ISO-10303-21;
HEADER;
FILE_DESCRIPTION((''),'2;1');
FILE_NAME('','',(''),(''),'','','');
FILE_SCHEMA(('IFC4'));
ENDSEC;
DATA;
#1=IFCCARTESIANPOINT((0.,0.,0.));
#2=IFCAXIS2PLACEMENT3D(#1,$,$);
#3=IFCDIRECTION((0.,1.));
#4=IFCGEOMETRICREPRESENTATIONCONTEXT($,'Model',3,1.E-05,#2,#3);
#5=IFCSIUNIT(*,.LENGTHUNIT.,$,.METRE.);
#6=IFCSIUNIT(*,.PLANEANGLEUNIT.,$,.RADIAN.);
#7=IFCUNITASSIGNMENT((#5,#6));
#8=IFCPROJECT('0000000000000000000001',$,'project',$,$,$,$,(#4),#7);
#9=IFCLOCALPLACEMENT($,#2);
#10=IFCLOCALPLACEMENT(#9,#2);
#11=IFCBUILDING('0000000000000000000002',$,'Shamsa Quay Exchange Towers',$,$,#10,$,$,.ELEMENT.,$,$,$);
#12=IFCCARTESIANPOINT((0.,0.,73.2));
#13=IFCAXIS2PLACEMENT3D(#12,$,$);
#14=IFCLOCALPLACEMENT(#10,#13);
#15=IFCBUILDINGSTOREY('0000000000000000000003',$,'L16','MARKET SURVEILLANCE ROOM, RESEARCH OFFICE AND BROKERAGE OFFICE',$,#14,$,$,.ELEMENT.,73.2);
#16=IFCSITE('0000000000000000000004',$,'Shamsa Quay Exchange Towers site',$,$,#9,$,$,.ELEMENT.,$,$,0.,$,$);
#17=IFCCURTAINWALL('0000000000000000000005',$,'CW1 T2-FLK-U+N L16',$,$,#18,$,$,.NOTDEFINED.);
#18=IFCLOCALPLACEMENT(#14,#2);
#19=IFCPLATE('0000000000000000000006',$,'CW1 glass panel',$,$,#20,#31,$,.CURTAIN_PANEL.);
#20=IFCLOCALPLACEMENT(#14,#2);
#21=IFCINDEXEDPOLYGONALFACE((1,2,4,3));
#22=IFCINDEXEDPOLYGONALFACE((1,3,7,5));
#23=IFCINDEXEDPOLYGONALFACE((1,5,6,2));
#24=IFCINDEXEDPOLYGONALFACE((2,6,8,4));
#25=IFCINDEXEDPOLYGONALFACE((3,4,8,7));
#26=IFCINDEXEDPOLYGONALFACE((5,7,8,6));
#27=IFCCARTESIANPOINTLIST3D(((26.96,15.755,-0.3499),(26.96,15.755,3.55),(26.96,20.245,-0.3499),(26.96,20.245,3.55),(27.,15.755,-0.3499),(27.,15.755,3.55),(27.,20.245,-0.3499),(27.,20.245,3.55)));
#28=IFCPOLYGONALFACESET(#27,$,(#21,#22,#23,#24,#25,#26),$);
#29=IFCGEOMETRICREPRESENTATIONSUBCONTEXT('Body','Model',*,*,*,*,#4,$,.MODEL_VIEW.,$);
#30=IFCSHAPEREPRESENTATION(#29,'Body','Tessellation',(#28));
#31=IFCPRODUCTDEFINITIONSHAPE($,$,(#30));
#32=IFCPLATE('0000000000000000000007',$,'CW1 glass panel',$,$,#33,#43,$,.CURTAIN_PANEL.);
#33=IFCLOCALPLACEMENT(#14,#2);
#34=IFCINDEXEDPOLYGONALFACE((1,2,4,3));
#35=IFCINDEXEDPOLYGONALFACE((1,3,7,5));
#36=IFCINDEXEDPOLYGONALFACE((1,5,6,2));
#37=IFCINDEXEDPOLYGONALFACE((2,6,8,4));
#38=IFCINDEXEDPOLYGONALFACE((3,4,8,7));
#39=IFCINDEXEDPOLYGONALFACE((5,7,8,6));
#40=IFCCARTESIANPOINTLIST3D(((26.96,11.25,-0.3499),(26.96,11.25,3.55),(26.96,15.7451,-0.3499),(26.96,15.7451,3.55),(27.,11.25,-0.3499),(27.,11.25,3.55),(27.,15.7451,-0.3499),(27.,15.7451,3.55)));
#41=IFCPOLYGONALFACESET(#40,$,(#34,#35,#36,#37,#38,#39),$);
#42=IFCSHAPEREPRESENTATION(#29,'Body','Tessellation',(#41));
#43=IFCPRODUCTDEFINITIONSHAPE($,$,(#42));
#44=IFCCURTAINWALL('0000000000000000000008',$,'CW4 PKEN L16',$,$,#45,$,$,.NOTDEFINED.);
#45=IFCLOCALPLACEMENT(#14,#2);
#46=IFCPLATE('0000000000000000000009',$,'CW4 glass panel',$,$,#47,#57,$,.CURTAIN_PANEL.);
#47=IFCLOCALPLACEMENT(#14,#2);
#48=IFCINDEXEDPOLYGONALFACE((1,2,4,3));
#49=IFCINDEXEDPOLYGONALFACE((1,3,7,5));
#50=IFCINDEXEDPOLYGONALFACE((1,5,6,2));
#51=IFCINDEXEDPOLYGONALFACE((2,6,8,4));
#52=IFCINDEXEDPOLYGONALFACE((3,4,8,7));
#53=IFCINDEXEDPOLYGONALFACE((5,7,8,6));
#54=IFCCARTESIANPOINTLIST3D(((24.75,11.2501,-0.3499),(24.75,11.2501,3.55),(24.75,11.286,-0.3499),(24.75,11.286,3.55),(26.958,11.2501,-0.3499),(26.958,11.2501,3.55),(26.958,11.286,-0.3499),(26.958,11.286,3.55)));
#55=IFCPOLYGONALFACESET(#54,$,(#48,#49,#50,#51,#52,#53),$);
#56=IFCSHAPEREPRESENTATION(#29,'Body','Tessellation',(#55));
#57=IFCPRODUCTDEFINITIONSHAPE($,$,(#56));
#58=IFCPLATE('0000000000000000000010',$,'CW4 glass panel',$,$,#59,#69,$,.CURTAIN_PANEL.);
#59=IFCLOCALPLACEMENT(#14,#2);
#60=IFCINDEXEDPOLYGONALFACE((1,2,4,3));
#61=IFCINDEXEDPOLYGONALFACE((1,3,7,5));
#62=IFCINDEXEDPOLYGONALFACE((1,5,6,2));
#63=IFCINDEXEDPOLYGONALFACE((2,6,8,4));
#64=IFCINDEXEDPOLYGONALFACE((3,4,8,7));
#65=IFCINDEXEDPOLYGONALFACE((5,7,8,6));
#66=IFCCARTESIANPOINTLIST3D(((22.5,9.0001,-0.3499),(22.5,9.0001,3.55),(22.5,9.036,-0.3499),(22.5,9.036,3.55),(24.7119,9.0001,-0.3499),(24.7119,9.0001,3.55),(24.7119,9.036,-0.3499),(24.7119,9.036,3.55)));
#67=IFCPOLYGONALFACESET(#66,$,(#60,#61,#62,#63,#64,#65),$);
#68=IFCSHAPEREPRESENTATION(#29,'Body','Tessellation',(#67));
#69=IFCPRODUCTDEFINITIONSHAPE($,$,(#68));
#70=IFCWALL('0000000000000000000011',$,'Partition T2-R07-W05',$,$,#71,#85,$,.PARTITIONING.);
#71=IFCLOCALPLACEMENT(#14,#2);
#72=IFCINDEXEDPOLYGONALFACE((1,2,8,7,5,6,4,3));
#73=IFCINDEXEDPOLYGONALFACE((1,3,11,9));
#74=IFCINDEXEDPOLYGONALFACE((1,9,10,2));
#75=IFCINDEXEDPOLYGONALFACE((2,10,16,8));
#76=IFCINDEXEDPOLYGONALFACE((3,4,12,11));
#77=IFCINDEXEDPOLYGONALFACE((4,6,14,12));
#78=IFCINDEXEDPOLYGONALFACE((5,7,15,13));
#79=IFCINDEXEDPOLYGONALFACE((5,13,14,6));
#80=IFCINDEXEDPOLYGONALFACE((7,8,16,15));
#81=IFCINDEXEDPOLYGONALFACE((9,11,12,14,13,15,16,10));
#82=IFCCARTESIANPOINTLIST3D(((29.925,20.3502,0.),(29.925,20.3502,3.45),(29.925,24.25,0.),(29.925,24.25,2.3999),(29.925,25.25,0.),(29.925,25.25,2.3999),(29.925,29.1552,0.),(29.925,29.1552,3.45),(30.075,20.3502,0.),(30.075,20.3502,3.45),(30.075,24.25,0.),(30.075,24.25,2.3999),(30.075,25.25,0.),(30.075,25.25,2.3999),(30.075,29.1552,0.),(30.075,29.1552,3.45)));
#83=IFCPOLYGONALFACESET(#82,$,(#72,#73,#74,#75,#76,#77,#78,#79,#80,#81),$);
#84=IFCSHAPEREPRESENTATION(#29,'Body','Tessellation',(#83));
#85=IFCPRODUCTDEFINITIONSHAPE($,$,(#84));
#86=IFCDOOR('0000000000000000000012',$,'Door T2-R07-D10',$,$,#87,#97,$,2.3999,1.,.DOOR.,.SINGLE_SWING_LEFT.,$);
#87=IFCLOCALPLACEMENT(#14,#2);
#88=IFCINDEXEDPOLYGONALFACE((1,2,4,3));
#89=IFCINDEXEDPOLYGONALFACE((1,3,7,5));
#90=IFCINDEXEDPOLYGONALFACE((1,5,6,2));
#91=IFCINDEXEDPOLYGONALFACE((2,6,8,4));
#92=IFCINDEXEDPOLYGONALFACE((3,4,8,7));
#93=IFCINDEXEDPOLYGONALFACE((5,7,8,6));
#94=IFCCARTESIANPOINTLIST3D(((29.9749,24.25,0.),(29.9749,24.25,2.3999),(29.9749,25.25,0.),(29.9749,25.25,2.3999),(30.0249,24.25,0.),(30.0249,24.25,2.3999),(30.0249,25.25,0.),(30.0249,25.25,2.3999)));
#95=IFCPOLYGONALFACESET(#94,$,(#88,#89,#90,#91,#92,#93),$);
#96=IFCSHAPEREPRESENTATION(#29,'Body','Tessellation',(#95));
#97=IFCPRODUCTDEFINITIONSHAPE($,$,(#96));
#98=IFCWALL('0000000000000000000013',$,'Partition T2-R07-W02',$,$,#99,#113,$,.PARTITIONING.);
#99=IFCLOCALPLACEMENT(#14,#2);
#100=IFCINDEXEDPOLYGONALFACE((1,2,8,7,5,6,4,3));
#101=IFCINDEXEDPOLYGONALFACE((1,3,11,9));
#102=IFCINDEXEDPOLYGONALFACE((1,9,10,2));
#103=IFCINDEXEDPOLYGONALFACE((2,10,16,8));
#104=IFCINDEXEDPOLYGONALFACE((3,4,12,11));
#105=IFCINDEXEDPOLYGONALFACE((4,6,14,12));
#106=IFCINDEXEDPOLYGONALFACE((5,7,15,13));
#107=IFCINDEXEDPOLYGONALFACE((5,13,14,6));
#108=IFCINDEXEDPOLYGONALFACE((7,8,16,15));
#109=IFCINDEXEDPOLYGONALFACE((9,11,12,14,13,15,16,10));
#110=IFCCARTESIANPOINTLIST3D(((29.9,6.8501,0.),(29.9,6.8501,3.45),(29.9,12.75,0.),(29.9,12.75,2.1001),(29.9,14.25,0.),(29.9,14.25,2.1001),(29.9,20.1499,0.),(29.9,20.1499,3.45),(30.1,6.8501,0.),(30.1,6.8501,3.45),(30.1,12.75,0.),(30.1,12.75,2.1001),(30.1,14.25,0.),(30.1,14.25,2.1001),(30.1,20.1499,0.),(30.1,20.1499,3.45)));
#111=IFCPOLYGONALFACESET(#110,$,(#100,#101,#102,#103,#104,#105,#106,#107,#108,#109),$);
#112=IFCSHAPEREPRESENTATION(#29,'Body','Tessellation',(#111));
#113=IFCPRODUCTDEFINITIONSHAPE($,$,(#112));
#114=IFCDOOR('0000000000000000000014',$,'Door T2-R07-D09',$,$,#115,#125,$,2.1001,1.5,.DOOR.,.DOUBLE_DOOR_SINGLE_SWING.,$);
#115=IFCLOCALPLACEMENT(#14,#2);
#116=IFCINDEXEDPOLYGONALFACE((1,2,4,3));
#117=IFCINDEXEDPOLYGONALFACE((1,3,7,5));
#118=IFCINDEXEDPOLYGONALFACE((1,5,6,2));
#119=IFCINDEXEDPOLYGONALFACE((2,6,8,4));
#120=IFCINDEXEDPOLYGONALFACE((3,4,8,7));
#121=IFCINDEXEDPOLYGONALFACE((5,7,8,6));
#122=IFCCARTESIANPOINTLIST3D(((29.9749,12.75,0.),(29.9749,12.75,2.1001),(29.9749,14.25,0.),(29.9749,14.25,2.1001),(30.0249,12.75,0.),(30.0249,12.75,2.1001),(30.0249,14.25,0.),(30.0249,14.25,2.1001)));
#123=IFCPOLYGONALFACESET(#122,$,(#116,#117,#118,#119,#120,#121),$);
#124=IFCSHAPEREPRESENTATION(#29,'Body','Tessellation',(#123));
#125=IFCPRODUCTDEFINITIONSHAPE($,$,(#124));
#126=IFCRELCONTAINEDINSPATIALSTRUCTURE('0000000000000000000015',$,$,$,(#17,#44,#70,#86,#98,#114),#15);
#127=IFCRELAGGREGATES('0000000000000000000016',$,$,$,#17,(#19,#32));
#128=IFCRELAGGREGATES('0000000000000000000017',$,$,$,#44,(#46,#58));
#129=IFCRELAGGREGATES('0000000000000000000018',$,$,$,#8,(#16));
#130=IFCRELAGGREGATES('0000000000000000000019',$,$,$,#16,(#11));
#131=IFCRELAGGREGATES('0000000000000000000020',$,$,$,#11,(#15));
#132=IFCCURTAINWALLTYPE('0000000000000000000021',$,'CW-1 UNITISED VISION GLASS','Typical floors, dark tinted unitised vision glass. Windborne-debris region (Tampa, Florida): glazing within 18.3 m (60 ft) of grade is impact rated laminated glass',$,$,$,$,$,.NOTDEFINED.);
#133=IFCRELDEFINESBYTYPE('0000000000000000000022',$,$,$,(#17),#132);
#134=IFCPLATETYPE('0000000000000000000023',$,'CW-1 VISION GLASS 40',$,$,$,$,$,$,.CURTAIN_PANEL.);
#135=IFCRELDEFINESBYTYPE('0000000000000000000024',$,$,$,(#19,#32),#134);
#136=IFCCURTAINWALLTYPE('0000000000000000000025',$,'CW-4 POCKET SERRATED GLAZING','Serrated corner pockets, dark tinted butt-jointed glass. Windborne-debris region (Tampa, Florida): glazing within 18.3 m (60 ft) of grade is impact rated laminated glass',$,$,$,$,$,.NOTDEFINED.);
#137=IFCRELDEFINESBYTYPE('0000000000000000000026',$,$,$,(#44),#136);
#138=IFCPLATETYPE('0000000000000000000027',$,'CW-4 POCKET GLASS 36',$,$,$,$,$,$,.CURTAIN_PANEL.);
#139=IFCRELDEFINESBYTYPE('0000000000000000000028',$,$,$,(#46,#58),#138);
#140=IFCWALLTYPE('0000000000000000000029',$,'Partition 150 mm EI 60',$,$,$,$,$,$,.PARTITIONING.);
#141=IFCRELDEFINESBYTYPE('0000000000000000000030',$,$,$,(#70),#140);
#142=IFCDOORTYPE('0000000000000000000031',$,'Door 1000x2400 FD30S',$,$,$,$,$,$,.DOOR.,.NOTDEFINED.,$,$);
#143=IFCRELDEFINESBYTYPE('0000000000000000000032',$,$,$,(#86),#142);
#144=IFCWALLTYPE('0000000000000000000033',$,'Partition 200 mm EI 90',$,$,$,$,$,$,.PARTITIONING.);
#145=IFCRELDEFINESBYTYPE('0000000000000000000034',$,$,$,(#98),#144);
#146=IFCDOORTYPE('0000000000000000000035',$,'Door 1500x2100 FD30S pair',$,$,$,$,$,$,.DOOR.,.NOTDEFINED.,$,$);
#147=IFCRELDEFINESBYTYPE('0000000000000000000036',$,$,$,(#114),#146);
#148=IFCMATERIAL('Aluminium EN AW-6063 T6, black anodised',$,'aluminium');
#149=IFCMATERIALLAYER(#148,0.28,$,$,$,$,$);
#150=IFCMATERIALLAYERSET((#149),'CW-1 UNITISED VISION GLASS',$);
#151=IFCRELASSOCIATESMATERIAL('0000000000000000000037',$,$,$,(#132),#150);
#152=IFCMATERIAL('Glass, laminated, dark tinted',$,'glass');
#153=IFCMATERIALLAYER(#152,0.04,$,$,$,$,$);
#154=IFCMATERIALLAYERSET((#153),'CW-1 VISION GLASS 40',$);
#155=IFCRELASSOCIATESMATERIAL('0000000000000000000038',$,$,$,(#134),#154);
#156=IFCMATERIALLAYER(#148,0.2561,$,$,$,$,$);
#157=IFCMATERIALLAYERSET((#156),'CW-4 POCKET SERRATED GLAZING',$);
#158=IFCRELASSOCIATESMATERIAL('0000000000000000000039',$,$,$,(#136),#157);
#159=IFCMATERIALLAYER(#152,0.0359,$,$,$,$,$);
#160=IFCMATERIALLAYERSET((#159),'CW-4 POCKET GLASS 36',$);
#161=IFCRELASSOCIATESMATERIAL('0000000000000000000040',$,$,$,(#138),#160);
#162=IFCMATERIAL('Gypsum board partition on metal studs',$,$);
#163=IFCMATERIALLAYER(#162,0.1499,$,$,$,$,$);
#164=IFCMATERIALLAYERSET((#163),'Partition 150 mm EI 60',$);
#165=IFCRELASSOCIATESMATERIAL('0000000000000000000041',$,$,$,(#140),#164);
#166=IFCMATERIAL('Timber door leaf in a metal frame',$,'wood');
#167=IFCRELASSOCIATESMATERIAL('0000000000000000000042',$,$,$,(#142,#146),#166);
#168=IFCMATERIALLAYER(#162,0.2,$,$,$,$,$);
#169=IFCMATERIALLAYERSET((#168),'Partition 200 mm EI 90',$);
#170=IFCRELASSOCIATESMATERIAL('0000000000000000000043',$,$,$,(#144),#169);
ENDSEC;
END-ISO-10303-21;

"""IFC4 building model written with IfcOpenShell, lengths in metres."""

from ifc_helpers import new_model, si_unit, direction, frame, frame_2d, origin, origin_2d, place, context, subcontext, project, spatial, rectangle, extrude, material, layer, layer_set, type_object, element, fill, aggregate, save


model = new_model("IFC4")

# Units and contexts
model_context = context("Model", 3, precision=1e-05, world=origin(), true_north=direction((0.0, 1.0)))
body_context = subcontext(model_context, "Body", "Model", "MODEL_VIEW")
ifc_project = project(units=[si_unit("LENGTHUNIT", "METRE"), si_unit("PLANEANGLEUNIT", "RADIAN")], contexts=[model_context])

# Site, building, storey
site_placement = place(None, origin())
site = spatial("IfcSite", under=ifc_project, at=site_placement, Name="Shamsa Quay Exchange Towers site", CompositionType="ELEMENT", RefElevation=0.0)
building_placement = place(site_placement, origin())
building = spatial("IfcBuilding", under=site, at=building_placement, Name="Shamsa Quay Exchange Towers", CompositionType="ELEMENT")
storey_placement = place(building_placement, frame((0.0, 0.0, 73.2)))
storey = spatial("IfcBuildingStorey", under=building, at=storey_placement, Name="L16", Description="MARKET SURVEILLANCE ROOM, RESEARCH OFFICE AND BROKERAGE OFFICE", CompositionType="ELEMENT", Elevation=73.2)

# Shared definitions
ifc_material_1 = material(Name="Aluminium EN AW-6063 T6, black anodised", Category="aluminium")
ifc_layer_1 = layer(ifc_material_1, 0.28)
ifc_layer_set_1 = layer_set([ifc_layer_1], Name="CW-1 UNITISED VISION GLASS")
curtain_wall_type_1 = type_object("IfcCurtainWallType", Name="CW-1 UNITISED VISION GLASS", Description="Typical floors, dark tinted unitised vision glass. Windborne-debris region (Tampa, Florida): glazing within 18.3 m (60 ft) of grade is impact rated laminated glass", PredefinedType="NOTDEFINED", material=ifc_layer_set_1)

# Curtain wall
curtain_wall_1_placement = place(storey_placement, origin())
curtain_wall_1 = element("IfcCurtainWall", 1, at=curtain_wall_1_placement, inside=storey, type_object=curtain_wall_type_1, Name="CW1 T2-FLK-U+N L16", PredefinedType="NOTDEFINED")

# Plates
ifc_material_2 = material(Name="Glass, laminated, dark tinted", Category="glass")
ifc_layer_2 = layer(ifc_material_2, 0.04)
ifc_layer_set_2 = layer_set([ifc_layer_2], Name="CW-1 VISION GLASS 40")
plate_type_1 = type_object("IfcPlateType", Name="CW-1 VISION GLASS 40", PredefinedType="CURTAIN_PANEL", material=ifc_layer_set_2)
plate_1_placement = place(storey_placement, frame((26.98, 18.0, -0.3499), z_axis=(0.0, 0.0, 1.0), x_axis=(0.0, -1.0, 0.0)))
plate_1 = element("IfcPlate", 2, at=plate_1_placement, type_object=plate_type_1, Name="CW1 glass panel", PredefinedType="CURTAIN_PANEL", context=body_context, shape_type="SweptSolid", body=[
    extrude(rectangle(XDim=4.49, YDim=0.04, at=origin_2d()), origin(), (0.0, 0.0, 1.0), 3.8999),
])
plate_2_placement = place(storey_placement, frame((26.98, 13.4976, -0.3499), z_axis=(0.0, 0.0, 1.0), x_axis=(0.0, -1.0, 0.0)))
plate_2 = element("IfcPlate", 3, at=plate_2_placement, type_object=plate_type_1, Name="CW1 glass panel", PredefinedType="CURTAIN_PANEL", context=body_context, shape_type="SweptSolid", body=[
    extrude(rectangle(XDim=4.4951, YDim=0.04, at=origin_2d()), origin(), (0.0, 0.0, 1.0), 3.8999),
])
aggregate(curtain_wall_1, [plate_1, plate_2])

# Curtain wall, plates
ifc_layer_3 = layer(ifc_material_1, 0.2561)
ifc_layer_set_3 = layer_set([ifc_layer_3], Name="CW-4 POCKET SERRATED GLAZING")
curtain_wall_type_2 = type_object("IfcCurtainWallType", Name="CW-4 POCKET SERRATED GLAZING", Description="Serrated corner pockets, dark tinted butt-jointed glass. Windborne-debris region (Tampa, Florida): glazing within 18.3 m (60 ft) of grade is impact rated laminated glass", PredefinedType="NOTDEFINED", material=ifc_layer_set_3)
curtain_wall_2_placement = place(storey_placement, origin())
curtain_wall_2 = element("IfcCurtainWall", 4, at=curtain_wall_2_placement, inside=storey, type_object=curtain_wall_type_2, Name="CW4 PKEN L16", PredefinedType="NOTDEFINED")
ifc_layer_4 = layer(ifc_material_2, 0.0359)
ifc_layer_set_4 = layer_set([ifc_layer_4], Name="CW-4 POCKET GLASS 36")
plate_type_2 = type_object("IfcPlateType", Name="CW-4 POCKET GLASS 36", PredefinedType="CURTAIN_PANEL", material=ifc_layer_set_4)
plate_3_placement = place(storey_placement, frame((25.854, 11.2681, -0.3499), z_axis=(0.0, 0.0, 1.0), x_axis=(-1.0, 0.0, 0.0)))
plate_3 = element("IfcPlate", 5, at=plate_3_placement, type_object=plate_type_2, Name="CW4 glass panel", PredefinedType="CURTAIN_PANEL", context=body_context, shape_type="SweptSolid", body=[
    extrude(rectangle(XDim=2.208, YDim=0.0359, at=origin_2d()), origin(), (0.0, 0.0, 1.0), 3.8999),
])
plate_4_placement = place(storey_placement, frame((23.606, 9.0181, -0.3499), z_axis=(0.0, 0.0, 1.0), x_axis=(-1.0, 0.0, 0.0)))
plate_4 = element("IfcPlate", 6, at=plate_4_placement, type_object=plate_type_2, Name="CW4 glass panel", PredefinedType="CURTAIN_PANEL", context=body_context, shape_type="SweptSolid", body=[
    extrude(rectangle(XDim=2.2119, YDim=0.0359, at=origin_2d()), origin(), (0.0, 0.0, 1.0), 3.8999),
])
aggregate(curtain_wall_2, [plate_3, plate_4])

# Walls, openings, doors
ifc_material_3 = material(Name="Gypsum board partition on metal studs")
ifc_layer_5 = layer(ifc_material_3, 0.1499)
ifc_layer_set_5 = layer_set([ifc_layer_5], Name="Partition 150 mm EI 60")
wall_type_1 = type_object("IfcWallType", Name="Partition 150 mm EI 60", PredefinedType="PARTITIONING", material=ifc_layer_set_5)
wall_1_placement = place(storey_placement, frame((30.0, 29.155, 0.0), z_axis=(0.0, 0.0, 1.0), x_axis=(0.0, -1.0, 0.0)))
wall_1 = element("IfcWall", 7, at=wall_1_placement, inside=storey, type_object=wall_type_1, Name="Partition T2-R07-W05", PredefinedType="PARTITIONING", context=body_context, shape_type="SweptSolid", body=[
    extrude(rectangle(XDim=8.8049, YDim=0.1499, at=frame_2d((4.4023, 0.0))), origin(), (0.0, 0.0, 1.0), 3.45),
])
opening_1_placement = place(wall_1_placement, frame((3.905, 0.0, 0.0)))
opening_1 = element("IfcOpeningElement", 8, at=opening_1_placement, cuts=wall_1, PredefinedType="OPENING", context=body_context, shape_type="SweptSolid", body=[
    extrude(rectangle(XDim=1.0, YDim=2.3999, at=frame_2d((0.5, 1.2))), frame((0.0, 0.085, 0.0), z_axis=(0.0, -1.0, 0.0), x_axis=(1.0, 0.0, 0.0)), (0.0, 0.0, 1.0), 0.1699),
])
ifc_material_4 = material(Name="Timber door leaf in a metal frame", Category="wood")
door_type_1 = type_object("IfcDoorType", Name="Door 1000x2400 FD30S", OperationType="NOTDEFINED", PredefinedType="DOOR", material=ifc_material_4)
door_1_placement = place(opening_1_placement, origin())
door_1 = element("IfcDoor", 9, at=door_1_placement, inside=storey, type_object=door_type_1, Name="Door T2-R07-D10", OperationType="SINGLE_SWING_LEFT", OverallHeight=2.3999, OverallWidth=1.0, PredefinedType="DOOR", context=body_context, shape_type="SweptSolid", body=[
    extrude(rectangle(XDim=1.0, YDim=2.3999, at=frame_2d((0.5, 1.2))), frame((0.0, 0.0249, 0.0), z_axis=(0.0, -1.0, 0.0), x_axis=(1.0, 0.0, 0.0)), (0.0, 0.0, 1.0), 0.05),
])
fill(opening_1, door_1)
ifc_layer_6 = layer(ifc_material_3, 0.2)
ifc_layer_set_6 = layer_set([ifc_layer_6], Name="Partition 200 mm EI 90")
wall_type_2 = type_object("IfcWallType", Name="Partition 200 mm EI 90", PredefinedType="PARTITIONING", material=ifc_layer_set_6)
wall_2_placement = place(storey_placement, frame((30.0, 20.1499, 0.0), z_axis=(0.0, 0.0, 1.0), x_axis=(0.0, -1.0, 0.0)))
wall_2 = element("IfcWall", 10, at=wall_2_placement, inside=storey, type_object=wall_type_2, Name="Partition T2-R07-W02", PredefinedType="PARTITIONING", context=body_context, shape_type="SweptSolid", body=[
    extrude(rectangle(XDim=13.2998, YDim=0.2, at=frame_2d((6.6499, 0.0))), origin(), (0.0, 0.0, 1.0), 3.45),
])
opening_2_placement = place(wall_2_placement, frame((5.8999, 0.0, 0.0)))
opening_2 = element("IfcOpeningElement", 11, at=opening_2_placement, cuts=wall_2, PredefinedType="OPENING", context=body_context, shape_type="SweptSolid", body=[
    extrude(rectangle(XDim=1.5, YDim=2.1001, at=frame_2d((0.75, 1.05))), frame((0.0, 0.1099, 0.0), z_axis=(0.0, -1.0, 0.0), x_axis=(1.0, 0.0, 0.0)), (0.0, 0.0, 1.0), 0.22),
])
door_type_2 = type_object("IfcDoorType", Name="Door 1500x2100 FD30S pair", OperationType="NOTDEFINED", PredefinedType="DOOR", material=ifc_material_4)
door_2_placement = place(opening_2_placement, origin())
door_2 = element("IfcDoor", 12, at=door_2_placement, inside=storey, type_object=door_type_2, Name="Door T2-R07-D09", OperationType="DOUBLE_DOOR_SINGLE_SWING", OverallHeight=2.1001, OverallWidth=1.5, PredefinedType="DOOR", context=body_context, shape_type="SweptSolid", body=[
    extrude(rectangle(XDim=1.5, YDim=2.1001, at=frame_2d((0.75, 1.05))), frame((0.0, 0.0249, 0.0), z_axis=(0.0, -1.0, 0.0), x_axis=(1.0, 0.0, 0.0)), (0.0, 0.0, 1.0), 0.05),
])
fill(opening_2, door_2)

save(model, "model.ifc")
